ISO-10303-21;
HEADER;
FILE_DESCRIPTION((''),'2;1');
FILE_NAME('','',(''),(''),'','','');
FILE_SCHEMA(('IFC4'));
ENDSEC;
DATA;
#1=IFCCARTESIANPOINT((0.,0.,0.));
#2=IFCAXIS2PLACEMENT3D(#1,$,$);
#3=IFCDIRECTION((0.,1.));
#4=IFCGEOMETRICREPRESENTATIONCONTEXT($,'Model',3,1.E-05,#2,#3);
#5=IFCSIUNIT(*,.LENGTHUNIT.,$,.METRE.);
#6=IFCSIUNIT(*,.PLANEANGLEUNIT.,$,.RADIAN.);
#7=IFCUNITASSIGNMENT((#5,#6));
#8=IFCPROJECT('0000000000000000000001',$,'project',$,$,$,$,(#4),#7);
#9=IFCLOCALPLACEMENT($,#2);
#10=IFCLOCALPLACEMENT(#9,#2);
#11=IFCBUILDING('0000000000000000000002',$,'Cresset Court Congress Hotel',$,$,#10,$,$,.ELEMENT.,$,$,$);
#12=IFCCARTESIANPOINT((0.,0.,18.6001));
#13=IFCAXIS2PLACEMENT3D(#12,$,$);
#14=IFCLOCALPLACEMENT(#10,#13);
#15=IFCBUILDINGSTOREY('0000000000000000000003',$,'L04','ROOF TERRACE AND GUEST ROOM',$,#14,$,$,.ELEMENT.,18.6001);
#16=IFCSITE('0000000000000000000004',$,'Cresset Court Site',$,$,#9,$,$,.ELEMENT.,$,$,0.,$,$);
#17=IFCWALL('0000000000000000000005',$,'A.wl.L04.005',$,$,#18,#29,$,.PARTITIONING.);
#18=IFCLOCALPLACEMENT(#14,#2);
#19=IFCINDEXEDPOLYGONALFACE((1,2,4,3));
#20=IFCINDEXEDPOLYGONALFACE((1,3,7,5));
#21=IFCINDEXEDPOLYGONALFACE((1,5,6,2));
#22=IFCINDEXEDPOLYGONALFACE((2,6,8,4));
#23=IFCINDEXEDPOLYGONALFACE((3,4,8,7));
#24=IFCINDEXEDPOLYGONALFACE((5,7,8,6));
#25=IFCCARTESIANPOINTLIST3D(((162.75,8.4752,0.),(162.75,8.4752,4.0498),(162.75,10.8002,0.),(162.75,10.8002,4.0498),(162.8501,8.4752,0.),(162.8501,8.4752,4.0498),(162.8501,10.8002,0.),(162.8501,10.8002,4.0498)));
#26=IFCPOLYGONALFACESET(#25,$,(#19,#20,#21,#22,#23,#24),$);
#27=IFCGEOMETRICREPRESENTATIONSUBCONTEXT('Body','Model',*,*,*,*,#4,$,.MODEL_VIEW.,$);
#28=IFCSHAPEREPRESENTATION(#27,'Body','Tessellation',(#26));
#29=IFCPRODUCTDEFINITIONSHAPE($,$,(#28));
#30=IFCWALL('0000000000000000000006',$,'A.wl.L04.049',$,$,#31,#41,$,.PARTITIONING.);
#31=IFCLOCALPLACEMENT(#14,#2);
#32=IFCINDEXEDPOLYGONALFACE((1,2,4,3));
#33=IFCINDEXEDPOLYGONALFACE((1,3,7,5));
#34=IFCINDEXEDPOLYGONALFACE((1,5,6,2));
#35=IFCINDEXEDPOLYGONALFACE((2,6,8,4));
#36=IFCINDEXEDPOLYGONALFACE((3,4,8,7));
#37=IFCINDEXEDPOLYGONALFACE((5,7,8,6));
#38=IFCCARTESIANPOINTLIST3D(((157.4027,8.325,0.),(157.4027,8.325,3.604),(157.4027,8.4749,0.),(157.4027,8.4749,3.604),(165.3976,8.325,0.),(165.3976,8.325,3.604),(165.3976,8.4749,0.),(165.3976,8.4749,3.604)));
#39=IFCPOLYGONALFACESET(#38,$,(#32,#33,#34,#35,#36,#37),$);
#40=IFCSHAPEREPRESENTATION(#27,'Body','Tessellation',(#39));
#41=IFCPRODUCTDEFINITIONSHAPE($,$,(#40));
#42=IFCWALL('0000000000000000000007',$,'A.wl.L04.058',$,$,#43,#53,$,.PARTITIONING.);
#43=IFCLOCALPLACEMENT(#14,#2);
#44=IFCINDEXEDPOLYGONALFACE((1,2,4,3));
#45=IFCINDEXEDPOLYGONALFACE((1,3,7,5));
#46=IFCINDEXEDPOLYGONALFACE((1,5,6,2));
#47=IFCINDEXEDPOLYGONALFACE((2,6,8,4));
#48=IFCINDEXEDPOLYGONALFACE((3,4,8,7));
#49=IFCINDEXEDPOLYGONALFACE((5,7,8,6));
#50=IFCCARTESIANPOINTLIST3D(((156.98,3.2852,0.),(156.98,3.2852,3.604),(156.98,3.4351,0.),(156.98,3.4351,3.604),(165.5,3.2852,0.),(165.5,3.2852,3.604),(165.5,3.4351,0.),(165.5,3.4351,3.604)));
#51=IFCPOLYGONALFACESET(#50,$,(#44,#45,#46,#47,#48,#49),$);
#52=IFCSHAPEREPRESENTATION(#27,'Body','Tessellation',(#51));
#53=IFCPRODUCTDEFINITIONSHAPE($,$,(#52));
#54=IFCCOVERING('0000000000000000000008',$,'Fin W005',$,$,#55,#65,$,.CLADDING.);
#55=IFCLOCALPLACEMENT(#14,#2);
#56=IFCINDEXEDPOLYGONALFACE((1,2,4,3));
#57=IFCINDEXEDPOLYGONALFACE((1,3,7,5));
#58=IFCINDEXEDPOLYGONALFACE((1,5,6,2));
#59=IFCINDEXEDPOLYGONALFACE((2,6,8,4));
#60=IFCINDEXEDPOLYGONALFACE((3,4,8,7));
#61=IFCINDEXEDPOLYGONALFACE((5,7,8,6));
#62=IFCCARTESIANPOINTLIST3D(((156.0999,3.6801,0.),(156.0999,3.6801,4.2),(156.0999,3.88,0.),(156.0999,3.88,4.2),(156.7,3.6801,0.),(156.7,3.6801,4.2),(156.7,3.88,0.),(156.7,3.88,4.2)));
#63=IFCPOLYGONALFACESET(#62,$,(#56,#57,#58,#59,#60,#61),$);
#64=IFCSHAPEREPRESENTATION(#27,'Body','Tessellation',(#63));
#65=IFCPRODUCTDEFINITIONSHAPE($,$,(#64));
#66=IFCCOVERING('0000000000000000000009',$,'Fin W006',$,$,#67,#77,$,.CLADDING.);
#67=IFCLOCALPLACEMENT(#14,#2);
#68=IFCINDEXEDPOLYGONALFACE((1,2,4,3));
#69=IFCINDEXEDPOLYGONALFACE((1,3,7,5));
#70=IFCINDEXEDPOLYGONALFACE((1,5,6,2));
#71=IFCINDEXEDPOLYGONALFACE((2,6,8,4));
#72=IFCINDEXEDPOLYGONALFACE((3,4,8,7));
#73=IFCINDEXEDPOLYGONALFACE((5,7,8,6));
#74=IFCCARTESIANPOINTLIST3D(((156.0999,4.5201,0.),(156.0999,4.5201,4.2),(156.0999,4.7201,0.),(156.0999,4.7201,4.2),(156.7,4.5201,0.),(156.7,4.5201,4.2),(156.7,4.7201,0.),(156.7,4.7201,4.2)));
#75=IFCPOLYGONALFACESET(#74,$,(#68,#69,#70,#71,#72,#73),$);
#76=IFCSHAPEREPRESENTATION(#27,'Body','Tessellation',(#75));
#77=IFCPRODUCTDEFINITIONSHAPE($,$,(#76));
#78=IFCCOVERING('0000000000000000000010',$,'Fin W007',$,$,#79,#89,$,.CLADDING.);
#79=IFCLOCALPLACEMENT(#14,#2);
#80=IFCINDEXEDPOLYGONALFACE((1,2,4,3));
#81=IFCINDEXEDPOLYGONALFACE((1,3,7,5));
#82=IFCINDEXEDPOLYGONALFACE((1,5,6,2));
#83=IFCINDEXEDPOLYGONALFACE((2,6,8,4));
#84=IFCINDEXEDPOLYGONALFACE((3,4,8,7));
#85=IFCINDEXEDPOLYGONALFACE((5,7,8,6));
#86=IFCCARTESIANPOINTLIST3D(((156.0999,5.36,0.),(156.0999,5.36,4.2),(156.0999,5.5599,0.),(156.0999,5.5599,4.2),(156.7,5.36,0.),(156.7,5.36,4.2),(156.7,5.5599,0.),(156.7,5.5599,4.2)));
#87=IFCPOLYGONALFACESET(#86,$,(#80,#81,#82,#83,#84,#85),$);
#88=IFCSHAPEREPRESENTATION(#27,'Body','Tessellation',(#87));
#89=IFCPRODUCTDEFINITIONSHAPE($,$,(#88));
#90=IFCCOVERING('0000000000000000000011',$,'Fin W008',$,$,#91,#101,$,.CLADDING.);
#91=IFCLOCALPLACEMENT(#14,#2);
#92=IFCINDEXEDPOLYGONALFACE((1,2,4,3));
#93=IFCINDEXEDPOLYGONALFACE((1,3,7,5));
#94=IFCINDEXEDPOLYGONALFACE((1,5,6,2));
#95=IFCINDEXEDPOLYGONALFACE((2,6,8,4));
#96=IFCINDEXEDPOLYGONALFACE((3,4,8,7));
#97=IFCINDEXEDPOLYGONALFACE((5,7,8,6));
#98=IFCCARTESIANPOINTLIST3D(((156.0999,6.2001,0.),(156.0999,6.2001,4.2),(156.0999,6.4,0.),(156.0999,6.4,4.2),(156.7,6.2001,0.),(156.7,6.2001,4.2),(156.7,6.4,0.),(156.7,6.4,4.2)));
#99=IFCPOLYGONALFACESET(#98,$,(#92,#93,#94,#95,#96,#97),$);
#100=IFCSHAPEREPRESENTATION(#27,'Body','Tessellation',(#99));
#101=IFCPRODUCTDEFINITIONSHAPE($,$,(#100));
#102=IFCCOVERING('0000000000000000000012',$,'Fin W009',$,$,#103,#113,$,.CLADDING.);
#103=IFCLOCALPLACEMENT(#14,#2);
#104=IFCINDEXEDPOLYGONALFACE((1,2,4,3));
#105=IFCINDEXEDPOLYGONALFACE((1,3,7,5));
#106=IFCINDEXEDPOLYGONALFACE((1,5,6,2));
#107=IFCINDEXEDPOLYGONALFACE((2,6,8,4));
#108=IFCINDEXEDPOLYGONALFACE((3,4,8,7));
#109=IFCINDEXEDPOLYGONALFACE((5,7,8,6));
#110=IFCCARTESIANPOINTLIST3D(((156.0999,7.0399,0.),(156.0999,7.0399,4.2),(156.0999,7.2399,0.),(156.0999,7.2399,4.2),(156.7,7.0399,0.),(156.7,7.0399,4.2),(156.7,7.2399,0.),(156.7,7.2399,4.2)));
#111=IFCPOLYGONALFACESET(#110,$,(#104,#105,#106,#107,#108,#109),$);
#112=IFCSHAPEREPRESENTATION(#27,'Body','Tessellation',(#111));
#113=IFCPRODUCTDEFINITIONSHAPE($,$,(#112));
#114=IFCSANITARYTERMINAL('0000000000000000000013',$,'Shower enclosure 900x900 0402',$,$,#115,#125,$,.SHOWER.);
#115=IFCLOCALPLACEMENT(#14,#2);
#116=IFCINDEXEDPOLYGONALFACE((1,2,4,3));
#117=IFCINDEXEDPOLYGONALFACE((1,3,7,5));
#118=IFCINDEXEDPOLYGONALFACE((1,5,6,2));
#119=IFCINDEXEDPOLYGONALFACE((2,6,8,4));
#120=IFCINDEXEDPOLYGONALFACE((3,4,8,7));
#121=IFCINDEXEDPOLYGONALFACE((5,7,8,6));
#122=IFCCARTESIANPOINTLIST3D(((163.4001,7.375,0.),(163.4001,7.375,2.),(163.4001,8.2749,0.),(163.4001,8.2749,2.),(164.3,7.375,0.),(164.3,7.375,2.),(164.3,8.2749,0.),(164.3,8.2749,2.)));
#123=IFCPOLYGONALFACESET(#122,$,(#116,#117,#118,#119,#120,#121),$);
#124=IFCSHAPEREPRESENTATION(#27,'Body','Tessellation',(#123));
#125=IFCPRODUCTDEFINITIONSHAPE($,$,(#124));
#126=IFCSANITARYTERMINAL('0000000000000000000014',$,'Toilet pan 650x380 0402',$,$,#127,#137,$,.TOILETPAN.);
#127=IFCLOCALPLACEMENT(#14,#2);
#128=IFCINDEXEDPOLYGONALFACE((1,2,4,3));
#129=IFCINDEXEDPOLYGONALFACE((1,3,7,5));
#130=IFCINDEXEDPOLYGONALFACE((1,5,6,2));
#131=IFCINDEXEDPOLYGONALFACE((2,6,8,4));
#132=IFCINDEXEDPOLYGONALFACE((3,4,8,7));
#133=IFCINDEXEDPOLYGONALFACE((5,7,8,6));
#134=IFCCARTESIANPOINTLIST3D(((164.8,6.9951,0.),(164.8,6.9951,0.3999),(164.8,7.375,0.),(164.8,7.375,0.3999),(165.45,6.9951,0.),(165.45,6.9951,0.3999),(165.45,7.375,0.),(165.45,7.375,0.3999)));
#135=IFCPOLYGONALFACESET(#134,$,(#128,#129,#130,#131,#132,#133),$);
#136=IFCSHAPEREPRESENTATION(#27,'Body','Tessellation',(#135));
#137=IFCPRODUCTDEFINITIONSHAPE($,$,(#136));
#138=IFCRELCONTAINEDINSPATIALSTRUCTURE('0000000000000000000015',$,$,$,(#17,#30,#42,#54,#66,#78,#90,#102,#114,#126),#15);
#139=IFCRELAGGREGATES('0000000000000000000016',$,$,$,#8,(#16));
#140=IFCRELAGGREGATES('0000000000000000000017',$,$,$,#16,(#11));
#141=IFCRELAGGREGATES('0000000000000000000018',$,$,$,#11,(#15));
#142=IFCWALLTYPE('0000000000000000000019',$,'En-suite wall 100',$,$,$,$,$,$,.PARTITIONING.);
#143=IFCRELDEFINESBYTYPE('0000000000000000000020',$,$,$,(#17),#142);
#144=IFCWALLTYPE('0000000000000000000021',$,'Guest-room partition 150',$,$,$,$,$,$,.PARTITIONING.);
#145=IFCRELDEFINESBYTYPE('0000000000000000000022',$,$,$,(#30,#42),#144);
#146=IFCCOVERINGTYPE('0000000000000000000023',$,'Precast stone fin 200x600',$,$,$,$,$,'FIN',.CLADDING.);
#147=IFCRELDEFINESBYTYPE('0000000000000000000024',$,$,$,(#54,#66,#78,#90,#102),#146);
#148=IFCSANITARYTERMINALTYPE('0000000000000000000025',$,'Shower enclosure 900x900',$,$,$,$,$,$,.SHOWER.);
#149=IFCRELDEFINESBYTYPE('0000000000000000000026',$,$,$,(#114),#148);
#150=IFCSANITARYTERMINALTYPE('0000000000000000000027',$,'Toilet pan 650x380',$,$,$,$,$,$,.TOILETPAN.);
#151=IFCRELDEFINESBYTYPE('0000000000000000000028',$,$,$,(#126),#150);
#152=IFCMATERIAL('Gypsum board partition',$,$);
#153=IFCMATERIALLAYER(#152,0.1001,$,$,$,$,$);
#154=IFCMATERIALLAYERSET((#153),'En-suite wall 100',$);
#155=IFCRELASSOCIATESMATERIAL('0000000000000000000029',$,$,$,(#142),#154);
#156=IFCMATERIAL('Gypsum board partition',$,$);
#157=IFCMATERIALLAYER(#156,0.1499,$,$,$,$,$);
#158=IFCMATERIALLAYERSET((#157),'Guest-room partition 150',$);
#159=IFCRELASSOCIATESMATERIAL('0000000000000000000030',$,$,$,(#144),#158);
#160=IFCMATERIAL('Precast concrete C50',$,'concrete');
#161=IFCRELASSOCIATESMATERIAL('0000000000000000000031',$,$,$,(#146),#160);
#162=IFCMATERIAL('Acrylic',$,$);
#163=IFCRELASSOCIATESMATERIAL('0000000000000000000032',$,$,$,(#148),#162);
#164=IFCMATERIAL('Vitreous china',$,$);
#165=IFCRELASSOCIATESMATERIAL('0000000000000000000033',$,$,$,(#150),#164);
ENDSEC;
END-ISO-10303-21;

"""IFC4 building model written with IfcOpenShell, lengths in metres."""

from ifc_helpers import new_model, si_unit, direction, frame, frame_2d, origin, origin_2d, place, context, subcontext, project, spatial, rectangle, extrude, material, layer, layer_set, type_object, element, save


model = new_model("IFC4")

# Units and contexts
model_context = context("Model", 3, precision=1e-05, world=origin(), true_north=direction((0.0, 1.0)))
body_context = subcontext(model_context, "Body", "Model", "MODEL_VIEW")
ifc_project = project(units=[si_unit("LENGTHUNIT", "METRE"), si_unit("PLANEANGLEUNIT", "RADIAN")], contexts=[model_context])

# Site, building, storey
site_placement = place(None, origin())
site = spatial("IfcSite", under=ifc_project, at=site_placement, Name="Cresset Court Site", CompositionType="ELEMENT", RefElevation=0.0)
building_placement = place(site_placement, origin())
building = spatial("IfcBuilding", under=site, at=building_placement, Name="Cresset Court Congress Hotel", CompositionType="ELEMENT")
storey_placement = place(building_placement, frame((0.0, 0.0, 18.6001)))
storey = spatial("IfcBuildingStorey", under=building, at=storey_placement, Name="L04", Description="ROOF TERRACE AND GUEST ROOM", CompositionType="ELEMENT", Elevation=18.6001)

# Shared definitions
ifc_material_1 = material(Name="Gypsum board partition")
ifc_layer_1 = layer(ifc_material_1, 0.1001)
ifc_layer_set_1 = layer_set([ifc_layer_1], Name="En-suite wall 100")
wall_type_1 = type_object("IfcWallType", Name="En-suite wall 100", PredefinedType="PARTITIONING", material=ifc_layer_set_1)

# Walls
wall_1_placement = place(storey_placement, frame((162.8, 8.4751, 0.0), z_axis=(0.0, 0.0, 1.0), x_axis=(0.0, 1.0, 0.0)))
element("IfcWall", 1, at=wall_1_placement, inside=storey, type_object=wall_type_1, Name="A.wl.L04.005", PredefinedType="PARTITIONING", context=body_context, shape_type="SweptSolid", body=[
    extrude(rectangle(XDim=2.325, YDim=0.1001, at=frame_2d((1.1626, 0.0))), origin(), (0.0, 0.0, 1.0), 4.0498),
])
ifc_material_2 = material(Name="Gypsum board partition")
ifc_layer_2 = layer(ifc_material_2, 0.1499)
ifc_layer_set_2 = layer_set([ifc_layer_2], Name="Guest-room partition 150")
wall_type_2 = type_object("IfcWallType", Name="Guest-room partition 150", PredefinedType="PARTITIONING", material=ifc_layer_set_2)
wall_2_placement = place(storey_placement, frame((157.4026, 8.3999, 0.0), z_axis=(0.0, 0.0, 1.0), x_axis=(1.0, 0.0, 0.0)))
element("IfcWall", 2, at=wall_2_placement, inside=storey, type_object=wall_type_2, Name="A.wl.L04.049", PredefinedType="PARTITIONING", context=body_context, shape_type="SweptSolid", body=[
    extrude(rectangle(XDim=7.9949, YDim=0.1499, at=frame_2d((3.9976, 0.0))), origin(), (0.0, 0.0, 1.0), 3.604),
])
wall_3_placement = place(storey_placement, frame((156.98, 3.3601, 0.0), z_axis=(0.0, 0.0, 1.0), x_axis=(1.0, 0.0, 0.0)))
element("IfcWall", 3, at=wall_3_placement, inside=storey, type_object=wall_type_2, Name="A.wl.L04.058", PredefinedType="PARTITIONING", context=body_context, shape_type="SweptSolid", body=[
    extrude(rectangle(XDim=8.52, YDim=0.1499, at=frame_2d((4.26, 0.0))), origin(), (0.0, 0.0, 1.0), 3.604),
])

# Coverings
ifc_material_3 = material(Name="Precast concrete C50", Category="concrete")
covering_type = type_object("IfcCoveringType", Name="Precast stone fin 200x600", ElementType="FIN", PredefinedType="CLADDING", material=ifc_material_3)
for number, where, z_axis, x_axis, name in (
    (4, (156.3999, 3.78, 0.0), (0.0, 0.0, 1.0), (1.0, 0.0, 0.0), "Fin W005"),
    (5, (156.3999, 4.6201, 0.0), (0.0, 0.0, 1.0), (1.0, 0.0, 0.0), "Fin W006"),
    (6, (156.3999, 5.46, 0.0), (0.0, 0.0, 1.0), (1.0, 0.0, 0.0), "Fin W007"),
    (7, (156.3999, 6.3, 0.0), (0.0, 0.0, 1.0), (1.0, 0.0, 0.0), "Fin W008"),
    (8, (156.3999, 7.1399, 0.0), (0.0, 0.0, 1.0), (1.0, 0.0, 0.0), "Fin W009"),
):
    element("IfcCovering", number, at=place(storey_placement, frame(where, z_axis=z_axis, x_axis=x_axis)), inside=storey, type_object=covering_type, Name=name, PredefinedType="CLADDING", context=body_context, shape_type="SweptSolid", body=[
        extrude(rectangle(XDim=0.6001, YDim=0.2, at=origin_2d()), origin(), (0.0, 0.0, 1.0), 4.2),
    ])

# Sanitary terminals
ifc_material_4 = material(Name="Acrylic")
sanitary_terminal_type_1 = type_object("IfcSanitaryTerminalType", Name="Shower enclosure 900x900", PredefinedType="SHOWER", material=ifc_material_4)
sanitary_terminal_1_placement = place(storey_placement, frame((163.8501, 7.825, 0.0), z_axis=(0.0, 0.0, 1.0), x_axis=(1.0, 0.0, 0.0)))
element("IfcSanitaryTerminal", 9, at=sanitary_terminal_1_placement, inside=storey, type_object=sanitary_terminal_type_1, Name="Shower enclosure 900x900 0402", PredefinedType="SHOWER", context=body_context, shape_type="SweptSolid", body=[
    extrude(rectangle(XDim=0.8999, YDim=0.8999, at=origin_2d()), origin(), (0.0, 0.0, 1.0), 2.0),
])
ifc_material_5 = material(Name="Vitreous china")
sanitary_terminal_type_2 = type_object("IfcSanitaryTerminalType", Name="Toilet pan 650x380", PredefinedType="TOILETPAN", material=ifc_material_5)
sanitary_terminal_2_placement = place(storey_placement, frame((165.125, 7.1851, 0.0), z_axis=(0.0, 0.0, 1.0), x_axis=(1.0, 0.0, 0.0)))
element("IfcSanitaryTerminal", 10, at=sanitary_terminal_2_placement, inside=storey, type_object=sanitary_terminal_type_2, Name="Toilet pan 650x380 0402", PredefinedType="TOILETPAN", context=body_context, shape_type="SweptSolid", body=[
    extrude(rectangle(XDim=0.6499, YDim=0.3799, at=origin_2d()), origin(), (0.0, 0.0, 1.0), 0.3999),
])

save(model, "model.ifc")
